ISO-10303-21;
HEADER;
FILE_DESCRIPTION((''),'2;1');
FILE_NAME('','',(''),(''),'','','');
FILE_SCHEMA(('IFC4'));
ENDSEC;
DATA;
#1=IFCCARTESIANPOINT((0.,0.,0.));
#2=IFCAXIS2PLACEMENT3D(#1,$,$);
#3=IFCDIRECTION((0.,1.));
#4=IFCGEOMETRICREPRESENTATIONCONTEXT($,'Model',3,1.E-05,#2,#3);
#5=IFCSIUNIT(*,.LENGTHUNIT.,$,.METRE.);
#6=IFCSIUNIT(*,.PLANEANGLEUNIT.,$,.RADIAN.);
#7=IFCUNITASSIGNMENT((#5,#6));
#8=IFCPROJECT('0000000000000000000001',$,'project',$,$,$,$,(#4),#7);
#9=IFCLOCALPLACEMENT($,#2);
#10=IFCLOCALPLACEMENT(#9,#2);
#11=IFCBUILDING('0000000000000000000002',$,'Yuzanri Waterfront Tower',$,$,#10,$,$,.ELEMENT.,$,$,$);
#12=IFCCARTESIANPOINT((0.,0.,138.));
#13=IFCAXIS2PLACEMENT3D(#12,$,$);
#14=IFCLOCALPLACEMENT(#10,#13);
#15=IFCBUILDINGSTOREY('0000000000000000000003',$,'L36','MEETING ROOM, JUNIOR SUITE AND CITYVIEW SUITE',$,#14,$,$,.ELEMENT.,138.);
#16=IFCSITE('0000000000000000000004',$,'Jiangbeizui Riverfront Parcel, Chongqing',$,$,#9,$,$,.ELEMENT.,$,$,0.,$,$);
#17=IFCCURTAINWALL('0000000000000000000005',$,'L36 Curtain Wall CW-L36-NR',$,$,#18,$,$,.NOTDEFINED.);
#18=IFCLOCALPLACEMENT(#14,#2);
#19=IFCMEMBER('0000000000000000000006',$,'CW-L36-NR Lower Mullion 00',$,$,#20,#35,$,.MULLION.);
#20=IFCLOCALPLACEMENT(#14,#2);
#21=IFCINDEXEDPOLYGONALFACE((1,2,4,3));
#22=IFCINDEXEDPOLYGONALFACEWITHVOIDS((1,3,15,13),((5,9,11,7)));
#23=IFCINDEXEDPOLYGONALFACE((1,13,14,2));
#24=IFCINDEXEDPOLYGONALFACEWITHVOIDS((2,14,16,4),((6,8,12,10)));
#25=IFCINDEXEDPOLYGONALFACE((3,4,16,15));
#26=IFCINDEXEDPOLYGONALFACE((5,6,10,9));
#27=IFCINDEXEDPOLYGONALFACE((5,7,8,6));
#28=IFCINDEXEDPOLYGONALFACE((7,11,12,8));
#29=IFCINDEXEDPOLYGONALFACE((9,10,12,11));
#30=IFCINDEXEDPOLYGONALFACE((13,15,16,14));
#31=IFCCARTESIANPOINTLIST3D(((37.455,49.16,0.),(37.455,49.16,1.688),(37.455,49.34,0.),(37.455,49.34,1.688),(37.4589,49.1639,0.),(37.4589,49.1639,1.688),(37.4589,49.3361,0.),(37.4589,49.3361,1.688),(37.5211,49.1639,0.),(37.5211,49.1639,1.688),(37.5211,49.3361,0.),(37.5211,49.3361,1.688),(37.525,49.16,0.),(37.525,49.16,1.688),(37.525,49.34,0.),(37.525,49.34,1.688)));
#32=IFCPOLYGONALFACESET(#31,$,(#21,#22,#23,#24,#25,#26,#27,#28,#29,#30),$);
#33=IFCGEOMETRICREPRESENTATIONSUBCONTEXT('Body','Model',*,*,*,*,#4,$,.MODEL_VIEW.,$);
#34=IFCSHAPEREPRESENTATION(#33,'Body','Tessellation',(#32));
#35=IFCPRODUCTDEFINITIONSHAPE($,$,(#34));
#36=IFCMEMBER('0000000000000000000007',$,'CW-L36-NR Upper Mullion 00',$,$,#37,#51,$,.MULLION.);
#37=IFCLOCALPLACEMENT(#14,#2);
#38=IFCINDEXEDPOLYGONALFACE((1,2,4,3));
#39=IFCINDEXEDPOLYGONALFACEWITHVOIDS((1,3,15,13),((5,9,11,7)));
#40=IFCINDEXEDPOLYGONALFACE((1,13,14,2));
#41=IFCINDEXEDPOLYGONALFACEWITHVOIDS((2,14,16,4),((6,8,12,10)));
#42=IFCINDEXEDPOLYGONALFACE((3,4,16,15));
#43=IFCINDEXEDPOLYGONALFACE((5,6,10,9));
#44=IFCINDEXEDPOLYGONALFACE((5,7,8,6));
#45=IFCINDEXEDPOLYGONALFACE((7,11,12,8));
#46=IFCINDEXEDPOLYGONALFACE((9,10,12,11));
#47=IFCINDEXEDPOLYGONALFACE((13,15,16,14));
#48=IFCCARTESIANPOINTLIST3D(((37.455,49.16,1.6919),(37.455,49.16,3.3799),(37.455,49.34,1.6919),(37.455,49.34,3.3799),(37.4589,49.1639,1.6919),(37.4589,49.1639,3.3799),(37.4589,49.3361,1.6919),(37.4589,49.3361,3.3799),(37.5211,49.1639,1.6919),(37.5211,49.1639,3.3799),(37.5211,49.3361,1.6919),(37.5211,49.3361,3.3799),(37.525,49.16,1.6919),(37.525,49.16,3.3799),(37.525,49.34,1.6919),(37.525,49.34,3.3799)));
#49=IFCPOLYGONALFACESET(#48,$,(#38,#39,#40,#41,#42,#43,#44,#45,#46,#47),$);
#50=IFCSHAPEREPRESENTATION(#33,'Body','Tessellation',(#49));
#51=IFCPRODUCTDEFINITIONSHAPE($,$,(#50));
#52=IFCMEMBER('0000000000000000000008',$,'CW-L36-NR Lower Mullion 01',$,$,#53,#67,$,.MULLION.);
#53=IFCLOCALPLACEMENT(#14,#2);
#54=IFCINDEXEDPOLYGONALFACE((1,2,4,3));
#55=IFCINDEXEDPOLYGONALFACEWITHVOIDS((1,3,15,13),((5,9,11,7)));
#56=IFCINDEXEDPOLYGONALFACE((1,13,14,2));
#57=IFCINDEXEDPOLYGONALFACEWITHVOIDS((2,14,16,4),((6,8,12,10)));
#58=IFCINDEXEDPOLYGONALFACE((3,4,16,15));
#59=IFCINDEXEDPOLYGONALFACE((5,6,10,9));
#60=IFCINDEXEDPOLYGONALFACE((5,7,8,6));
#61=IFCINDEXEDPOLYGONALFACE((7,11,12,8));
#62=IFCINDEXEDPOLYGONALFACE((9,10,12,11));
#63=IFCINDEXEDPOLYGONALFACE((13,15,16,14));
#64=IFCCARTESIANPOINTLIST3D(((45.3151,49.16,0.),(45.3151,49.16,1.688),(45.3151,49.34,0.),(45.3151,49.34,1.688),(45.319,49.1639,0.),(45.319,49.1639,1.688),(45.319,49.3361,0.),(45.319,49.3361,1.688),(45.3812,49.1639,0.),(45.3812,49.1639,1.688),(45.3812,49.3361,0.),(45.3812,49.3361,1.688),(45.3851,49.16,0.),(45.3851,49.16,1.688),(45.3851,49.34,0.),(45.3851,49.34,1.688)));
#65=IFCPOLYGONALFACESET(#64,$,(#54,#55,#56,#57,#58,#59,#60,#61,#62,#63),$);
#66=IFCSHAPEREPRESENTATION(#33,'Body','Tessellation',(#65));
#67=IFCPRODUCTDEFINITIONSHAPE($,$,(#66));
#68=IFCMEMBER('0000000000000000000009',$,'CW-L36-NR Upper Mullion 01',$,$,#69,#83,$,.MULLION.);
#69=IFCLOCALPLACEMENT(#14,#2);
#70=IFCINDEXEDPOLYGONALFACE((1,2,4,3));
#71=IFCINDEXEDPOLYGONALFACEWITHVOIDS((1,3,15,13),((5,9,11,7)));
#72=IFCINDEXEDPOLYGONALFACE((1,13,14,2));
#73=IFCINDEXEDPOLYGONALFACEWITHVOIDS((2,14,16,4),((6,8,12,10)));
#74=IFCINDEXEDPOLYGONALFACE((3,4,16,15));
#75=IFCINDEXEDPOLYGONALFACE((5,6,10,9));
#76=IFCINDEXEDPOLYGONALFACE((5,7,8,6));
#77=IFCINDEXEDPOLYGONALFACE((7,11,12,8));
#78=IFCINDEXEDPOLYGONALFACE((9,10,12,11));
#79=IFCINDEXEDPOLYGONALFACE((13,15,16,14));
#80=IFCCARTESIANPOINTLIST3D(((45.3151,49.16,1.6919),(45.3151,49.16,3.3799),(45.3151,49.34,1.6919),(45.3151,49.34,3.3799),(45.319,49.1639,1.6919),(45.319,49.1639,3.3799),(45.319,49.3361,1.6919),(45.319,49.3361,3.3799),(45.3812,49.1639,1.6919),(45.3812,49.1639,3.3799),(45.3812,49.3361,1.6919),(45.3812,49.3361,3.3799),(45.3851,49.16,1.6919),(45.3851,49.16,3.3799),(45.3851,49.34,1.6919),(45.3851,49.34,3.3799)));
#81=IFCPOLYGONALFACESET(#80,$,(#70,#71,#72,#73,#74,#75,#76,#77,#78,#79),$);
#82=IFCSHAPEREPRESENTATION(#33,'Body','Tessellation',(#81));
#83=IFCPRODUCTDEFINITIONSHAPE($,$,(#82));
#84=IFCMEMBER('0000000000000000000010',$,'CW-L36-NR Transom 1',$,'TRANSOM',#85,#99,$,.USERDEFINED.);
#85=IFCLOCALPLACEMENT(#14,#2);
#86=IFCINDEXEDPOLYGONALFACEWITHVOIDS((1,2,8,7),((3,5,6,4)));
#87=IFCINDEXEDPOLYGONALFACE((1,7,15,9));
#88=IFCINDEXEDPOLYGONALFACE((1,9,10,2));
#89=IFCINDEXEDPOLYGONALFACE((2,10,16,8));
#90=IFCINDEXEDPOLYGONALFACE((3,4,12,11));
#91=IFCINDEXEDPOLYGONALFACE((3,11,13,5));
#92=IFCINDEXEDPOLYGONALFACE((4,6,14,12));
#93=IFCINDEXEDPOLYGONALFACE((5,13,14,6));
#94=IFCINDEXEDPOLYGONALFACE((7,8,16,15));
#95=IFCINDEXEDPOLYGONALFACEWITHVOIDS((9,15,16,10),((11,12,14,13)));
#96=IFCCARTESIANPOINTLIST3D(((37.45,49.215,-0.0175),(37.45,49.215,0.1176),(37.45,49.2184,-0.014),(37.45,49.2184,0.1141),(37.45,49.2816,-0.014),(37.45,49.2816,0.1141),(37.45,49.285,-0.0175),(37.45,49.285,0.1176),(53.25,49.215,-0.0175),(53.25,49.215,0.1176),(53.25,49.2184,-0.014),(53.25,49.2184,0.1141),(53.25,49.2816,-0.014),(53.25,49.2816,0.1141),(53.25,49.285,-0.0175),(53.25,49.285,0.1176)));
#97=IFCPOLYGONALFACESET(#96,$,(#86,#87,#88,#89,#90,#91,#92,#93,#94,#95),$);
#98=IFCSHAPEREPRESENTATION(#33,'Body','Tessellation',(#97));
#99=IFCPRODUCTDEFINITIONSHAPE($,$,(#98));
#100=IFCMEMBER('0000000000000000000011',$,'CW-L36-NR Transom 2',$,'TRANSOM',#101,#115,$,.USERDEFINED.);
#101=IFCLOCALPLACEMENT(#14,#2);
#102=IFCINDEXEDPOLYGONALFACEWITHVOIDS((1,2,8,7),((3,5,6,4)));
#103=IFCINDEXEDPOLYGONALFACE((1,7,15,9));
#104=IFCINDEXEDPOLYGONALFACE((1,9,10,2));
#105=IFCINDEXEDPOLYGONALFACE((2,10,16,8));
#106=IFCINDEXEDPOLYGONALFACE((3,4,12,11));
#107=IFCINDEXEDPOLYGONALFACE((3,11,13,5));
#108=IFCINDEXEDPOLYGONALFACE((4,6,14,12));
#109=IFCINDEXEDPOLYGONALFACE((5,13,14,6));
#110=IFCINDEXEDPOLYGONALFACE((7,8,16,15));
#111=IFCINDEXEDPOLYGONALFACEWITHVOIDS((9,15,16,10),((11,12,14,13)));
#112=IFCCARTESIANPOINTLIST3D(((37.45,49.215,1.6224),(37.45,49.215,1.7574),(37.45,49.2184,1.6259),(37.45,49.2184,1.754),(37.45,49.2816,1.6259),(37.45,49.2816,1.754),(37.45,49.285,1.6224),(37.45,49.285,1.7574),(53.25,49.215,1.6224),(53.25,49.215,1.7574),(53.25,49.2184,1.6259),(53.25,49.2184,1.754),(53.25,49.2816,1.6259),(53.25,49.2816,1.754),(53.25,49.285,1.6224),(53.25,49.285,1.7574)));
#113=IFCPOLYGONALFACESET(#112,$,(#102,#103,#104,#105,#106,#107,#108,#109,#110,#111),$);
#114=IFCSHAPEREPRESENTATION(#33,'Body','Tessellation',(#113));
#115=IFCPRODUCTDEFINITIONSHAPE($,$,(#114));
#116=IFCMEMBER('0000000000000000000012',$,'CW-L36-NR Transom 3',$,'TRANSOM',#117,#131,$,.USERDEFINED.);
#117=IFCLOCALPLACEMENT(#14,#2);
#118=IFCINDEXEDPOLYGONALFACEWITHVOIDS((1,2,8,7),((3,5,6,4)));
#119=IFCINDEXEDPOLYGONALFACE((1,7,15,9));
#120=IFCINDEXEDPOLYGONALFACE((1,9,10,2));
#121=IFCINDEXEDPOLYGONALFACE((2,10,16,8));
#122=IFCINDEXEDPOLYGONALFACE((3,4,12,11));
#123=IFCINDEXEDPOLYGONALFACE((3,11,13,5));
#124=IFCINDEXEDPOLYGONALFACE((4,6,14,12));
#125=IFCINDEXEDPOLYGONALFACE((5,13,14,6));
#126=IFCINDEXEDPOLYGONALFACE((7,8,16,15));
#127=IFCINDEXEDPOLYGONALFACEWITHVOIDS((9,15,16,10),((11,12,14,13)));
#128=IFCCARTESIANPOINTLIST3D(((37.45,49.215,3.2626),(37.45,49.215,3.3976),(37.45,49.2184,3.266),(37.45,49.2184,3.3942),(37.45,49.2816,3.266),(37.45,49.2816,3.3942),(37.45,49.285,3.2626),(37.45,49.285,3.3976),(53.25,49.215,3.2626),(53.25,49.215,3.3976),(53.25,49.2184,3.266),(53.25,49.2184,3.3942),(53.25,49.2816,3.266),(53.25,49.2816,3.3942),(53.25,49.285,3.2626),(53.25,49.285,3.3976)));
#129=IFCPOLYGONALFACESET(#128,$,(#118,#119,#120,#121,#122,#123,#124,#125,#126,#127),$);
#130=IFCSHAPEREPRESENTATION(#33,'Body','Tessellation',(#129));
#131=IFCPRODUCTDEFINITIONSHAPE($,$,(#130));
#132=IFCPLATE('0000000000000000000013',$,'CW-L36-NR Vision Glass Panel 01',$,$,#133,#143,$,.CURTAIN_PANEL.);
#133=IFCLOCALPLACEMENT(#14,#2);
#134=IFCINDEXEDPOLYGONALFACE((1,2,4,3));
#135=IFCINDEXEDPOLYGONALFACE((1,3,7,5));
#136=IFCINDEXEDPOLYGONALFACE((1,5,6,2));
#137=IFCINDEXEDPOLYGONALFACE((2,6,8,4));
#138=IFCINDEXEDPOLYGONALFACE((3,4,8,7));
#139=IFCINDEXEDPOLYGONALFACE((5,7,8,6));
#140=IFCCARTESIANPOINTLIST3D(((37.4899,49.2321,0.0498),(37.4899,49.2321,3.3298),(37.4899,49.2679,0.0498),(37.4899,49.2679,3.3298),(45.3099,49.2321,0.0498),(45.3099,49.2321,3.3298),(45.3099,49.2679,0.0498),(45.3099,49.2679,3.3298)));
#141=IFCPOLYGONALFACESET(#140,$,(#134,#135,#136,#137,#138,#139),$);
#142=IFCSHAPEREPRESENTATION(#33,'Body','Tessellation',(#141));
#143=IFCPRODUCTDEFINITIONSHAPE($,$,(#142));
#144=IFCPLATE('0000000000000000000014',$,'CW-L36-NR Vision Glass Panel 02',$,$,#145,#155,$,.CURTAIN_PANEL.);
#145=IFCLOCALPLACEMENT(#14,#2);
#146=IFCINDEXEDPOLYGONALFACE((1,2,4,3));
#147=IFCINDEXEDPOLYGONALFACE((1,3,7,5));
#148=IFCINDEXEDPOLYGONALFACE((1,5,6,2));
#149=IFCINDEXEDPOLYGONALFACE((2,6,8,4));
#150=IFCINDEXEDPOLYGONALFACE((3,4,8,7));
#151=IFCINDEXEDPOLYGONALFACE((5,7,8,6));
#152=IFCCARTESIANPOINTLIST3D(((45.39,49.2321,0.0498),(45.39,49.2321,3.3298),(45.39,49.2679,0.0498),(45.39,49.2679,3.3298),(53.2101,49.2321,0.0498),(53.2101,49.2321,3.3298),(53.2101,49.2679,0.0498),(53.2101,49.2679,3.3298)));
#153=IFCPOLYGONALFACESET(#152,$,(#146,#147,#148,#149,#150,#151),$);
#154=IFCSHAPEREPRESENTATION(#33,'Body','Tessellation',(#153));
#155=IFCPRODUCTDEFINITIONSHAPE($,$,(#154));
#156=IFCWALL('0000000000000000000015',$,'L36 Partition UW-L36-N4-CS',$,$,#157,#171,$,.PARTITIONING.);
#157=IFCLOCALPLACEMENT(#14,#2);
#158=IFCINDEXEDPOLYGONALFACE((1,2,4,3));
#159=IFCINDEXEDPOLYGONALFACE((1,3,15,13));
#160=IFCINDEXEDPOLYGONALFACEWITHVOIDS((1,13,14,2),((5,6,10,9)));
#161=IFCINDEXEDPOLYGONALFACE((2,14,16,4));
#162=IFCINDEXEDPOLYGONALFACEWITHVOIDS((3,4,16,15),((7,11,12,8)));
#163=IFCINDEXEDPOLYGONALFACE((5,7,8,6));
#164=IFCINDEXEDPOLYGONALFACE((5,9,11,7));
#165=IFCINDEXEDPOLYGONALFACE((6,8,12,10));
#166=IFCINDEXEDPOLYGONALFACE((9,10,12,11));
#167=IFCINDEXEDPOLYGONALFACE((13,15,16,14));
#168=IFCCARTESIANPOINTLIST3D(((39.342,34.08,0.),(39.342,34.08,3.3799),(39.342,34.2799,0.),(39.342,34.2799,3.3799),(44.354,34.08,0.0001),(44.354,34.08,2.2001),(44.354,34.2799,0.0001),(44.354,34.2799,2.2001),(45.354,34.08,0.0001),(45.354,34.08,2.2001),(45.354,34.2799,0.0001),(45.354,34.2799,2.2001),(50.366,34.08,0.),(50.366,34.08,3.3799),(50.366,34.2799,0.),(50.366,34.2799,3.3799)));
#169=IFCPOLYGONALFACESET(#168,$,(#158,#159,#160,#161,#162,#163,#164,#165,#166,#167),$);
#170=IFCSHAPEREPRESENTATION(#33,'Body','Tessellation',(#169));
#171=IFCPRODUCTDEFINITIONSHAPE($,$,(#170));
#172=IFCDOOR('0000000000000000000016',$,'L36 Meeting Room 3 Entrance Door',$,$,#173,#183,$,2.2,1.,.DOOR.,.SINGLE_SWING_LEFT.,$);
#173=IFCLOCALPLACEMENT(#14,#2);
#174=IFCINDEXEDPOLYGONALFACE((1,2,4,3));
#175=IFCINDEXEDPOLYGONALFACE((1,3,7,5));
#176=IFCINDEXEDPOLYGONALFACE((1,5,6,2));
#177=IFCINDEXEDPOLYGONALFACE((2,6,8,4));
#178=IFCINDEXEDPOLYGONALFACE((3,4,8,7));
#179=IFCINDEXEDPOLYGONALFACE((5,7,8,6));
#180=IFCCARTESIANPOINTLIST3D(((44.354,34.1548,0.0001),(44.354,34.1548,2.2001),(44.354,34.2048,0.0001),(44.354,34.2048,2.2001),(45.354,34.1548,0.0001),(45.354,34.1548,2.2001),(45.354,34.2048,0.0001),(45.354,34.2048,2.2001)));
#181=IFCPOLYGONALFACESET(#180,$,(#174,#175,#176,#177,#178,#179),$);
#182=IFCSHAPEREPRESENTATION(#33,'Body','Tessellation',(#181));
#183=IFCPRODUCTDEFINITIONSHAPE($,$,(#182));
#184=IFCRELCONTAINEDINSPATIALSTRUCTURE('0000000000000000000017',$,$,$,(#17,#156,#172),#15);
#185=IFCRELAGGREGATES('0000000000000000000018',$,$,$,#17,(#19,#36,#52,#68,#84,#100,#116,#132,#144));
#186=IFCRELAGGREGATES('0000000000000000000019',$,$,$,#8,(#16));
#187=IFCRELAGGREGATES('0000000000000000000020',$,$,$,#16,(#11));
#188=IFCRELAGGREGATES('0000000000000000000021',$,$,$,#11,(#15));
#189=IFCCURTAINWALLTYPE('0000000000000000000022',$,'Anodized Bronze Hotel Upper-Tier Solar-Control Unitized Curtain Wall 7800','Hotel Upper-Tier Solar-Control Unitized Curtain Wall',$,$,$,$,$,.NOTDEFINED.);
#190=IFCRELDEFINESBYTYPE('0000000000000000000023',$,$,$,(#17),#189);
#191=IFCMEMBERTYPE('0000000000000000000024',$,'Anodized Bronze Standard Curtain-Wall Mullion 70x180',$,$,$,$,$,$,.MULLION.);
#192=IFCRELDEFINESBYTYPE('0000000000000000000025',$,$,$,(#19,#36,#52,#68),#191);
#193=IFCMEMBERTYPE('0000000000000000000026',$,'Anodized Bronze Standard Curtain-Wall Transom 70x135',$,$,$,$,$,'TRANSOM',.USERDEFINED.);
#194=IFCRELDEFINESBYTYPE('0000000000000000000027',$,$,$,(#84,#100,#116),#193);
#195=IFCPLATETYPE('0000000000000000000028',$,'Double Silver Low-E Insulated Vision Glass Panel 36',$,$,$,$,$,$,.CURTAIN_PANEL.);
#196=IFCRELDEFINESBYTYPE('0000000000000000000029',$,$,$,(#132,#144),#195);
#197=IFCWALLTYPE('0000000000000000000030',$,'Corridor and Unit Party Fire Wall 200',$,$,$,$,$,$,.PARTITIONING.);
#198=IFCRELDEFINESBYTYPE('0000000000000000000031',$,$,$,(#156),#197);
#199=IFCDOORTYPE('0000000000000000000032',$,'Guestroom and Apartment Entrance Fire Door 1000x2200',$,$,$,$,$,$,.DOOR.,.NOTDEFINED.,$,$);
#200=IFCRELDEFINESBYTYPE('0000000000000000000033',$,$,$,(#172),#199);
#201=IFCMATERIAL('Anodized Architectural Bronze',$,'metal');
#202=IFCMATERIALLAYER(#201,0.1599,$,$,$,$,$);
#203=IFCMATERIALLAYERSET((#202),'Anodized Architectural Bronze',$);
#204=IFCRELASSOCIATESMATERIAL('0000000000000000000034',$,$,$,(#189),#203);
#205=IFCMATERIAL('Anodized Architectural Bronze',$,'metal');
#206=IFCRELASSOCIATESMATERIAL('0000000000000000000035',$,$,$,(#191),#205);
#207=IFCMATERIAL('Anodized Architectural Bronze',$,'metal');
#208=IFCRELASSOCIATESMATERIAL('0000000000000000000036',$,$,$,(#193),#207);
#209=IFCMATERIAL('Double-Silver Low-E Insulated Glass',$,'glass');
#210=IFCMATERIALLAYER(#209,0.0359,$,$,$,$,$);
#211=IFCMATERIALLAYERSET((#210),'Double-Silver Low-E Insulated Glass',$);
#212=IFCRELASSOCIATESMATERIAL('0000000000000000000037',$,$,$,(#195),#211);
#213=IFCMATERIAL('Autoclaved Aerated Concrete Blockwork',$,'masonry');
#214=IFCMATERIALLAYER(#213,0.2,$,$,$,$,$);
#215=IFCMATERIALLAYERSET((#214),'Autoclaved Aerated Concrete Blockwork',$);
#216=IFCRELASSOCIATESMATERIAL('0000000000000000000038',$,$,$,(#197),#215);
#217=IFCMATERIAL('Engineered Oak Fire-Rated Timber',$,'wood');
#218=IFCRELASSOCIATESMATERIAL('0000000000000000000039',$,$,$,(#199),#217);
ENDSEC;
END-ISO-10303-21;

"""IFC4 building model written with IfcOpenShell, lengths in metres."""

from ifc_helpers import new_model, si_unit, direction, frame, frame_2d, origin, origin_2d, place, context, subcontext, project, spatial, rectangle, hollow_rectangle, extrude, source, transform, mapped, material, layer, layer_set, material_profile, profile_set, type_object, element, fill, aggregate, save


model = new_model("IFC4")

# Units and contexts
model_context = context("Model", 3, precision=1e-05, world=origin(), true_north=direction((0.0, 1.0)))
body_context = subcontext(model_context, "Body", "Model", "MODEL_VIEW")
ifc_project = project(units=[si_unit("LENGTHUNIT", "METRE"), si_unit("PLANEANGLEUNIT", "RADIAN")], contexts=[model_context])

# Site, building, storey
site_placement = place(None, origin())
site = spatial("IfcSite", under=ifc_project, at=site_placement, Name="Jiangbeizui Riverfront Parcel, Chongqing", CompositionType="ELEMENT", RefElevation=0.0)
building_placement = place(site_placement, origin())
building = spatial("IfcBuilding", under=site, at=building_placement, Name="Yuzanri Waterfront Tower", CompositionType="ELEMENT")
storey_placement = place(building_placement, frame((0.0, 0.0, 138.0)))
storey = spatial("IfcBuildingStorey", under=building, at=storey_placement, Name="L36", Description="MEETING ROOM, JUNIOR SUITE AND CITYVIEW SUITE", CompositionType="ELEMENT", Elevation=138.0)

# Shared definitions
ifc_material_1 = material(Name="Anodized Architectural Bronze", Category="metal")
ifc_layer_1 = layer(ifc_material_1, 0.1599)
ifc_layer_set_1 = layer_set([ifc_layer_1], Name="Anodized Architectural Bronze")
curtain_wall_type = type_object("IfcCurtainWallType", Name="Anodized Bronze Hotel Upper-Tier Solar-Control Unitized Curtain Wall 7800", Description="Hotel Upper-Tier Solar-Control Unitized Curtain Wall", PredefinedType="NOTDEFINED", material=ifc_layer_set_1)
ifc_material_2 = material(Name="Anodized Architectural Bronze", Category="metal")
ifc_material_profile_1 = material_profile(ifc_material_2, hollow_rectangle(XDim=0.0701, YDim=0.1799, WallThickness=0.0039, at=origin_2d()), Name="CWM 70x180")
ifc_profile_set_1 = profile_set([ifc_material_profile_1], Name="Anodized Architectural Bronze")
member_type_1 = type_object("IfcMemberType", Name="Anodized Bronze Standard Curtain-Wall Mullion 70x180", PredefinedType="MULLION", material=ifc_profile_set_1)
shared_shape_1 = source(origin(), body_context, "Body", "SweptSolid", [
    extrude(hollow_rectangle(XDim=0.0701, YDim=0.1799, WallThickness=0.0039, at=origin_2d()), origin(), (0.0, 0.0, 1.0), 1.688),
])

# Curtain wall, members, plates
curtain_wall_1_placement = place(storey_placement, origin())
curtain_wall_1 = element("IfcCurtainWall", 1, at=curtain_wall_1_placement, inside=storey, type_object=curtain_wall_type, Name="L36 Curtain Wall CW-L36-NR", PredefinedType="NOTDEFINED")
member_1_placement = place(storey_placement, frame((37.49, 49.25, 0.0), z_axis=(0.0, 0.0, 1.0), x_axis=(1.0, 0.0, 0.0)))
member_1 = element("IfcMember", 2, at=member_1_placement, type_object=member_type_1, Name="CW-L36-NR Lower Mullion 00", PredefinedType="MULLION", context=body_context, shape_type="MappedRepresentation", body=[
    mapped(shared_shape_1, transform((0.0, 0.0, 0.0), scale=1.0)),
])
member_2_placement = place(storey_placement, frame((37.49, 49.25, 1.6919), z_axis=(0.0, 0.0, 1.0), x_axis=(1.0, 0.0, 0.0)))
member_2 = element("IfcMember", 3, at=member_2_placement, type_object=member_type_1, Name="CW-L36-NR Upper Mullion 00", PredefinedType="MULLION", context=body_context, shape_type="MappedRepresentation", body=[
    mapped(shared_shape_1, transform((0.0, 0.0, 0.0), scale=1.0)),
])
member_3_placement = place(storey_placement, frame((45.3501, 49.25, 0.0), z_axis=(0.0, 0.0, 1.0), x_axis=(1.0, 0.0, 0.0)))
member_3 = element("IfcMember", 4, at=member_3_placement, type_object=member_type_1, Name="CW-L36-NR Lower Mullion 01", PredefinedType="MULLION", context=body_context, shape_type="MappedRepresentation", body=[
    mapped(shared_shape_1, transform((0.0, 0.0, 0.0), scale=1.0)),
])
member_4_placement = place(storey_placement, frame((45.3501, 49.25, 1.6919), z_axis=(0.0, 0.0, 1.0), x_axis=(1.0, 0.0, 0.0)))
member_4 = element("IfcMember", 5, at=member_4_placement, type_object=member_type_1, Name="CW-L36-NR Upper Mullion 01", PredefinedType="MULLION", context=body_context, shape_type="MappedRepresentation", body=[
    mapped(shared_shape_1, transform((0.0, 0.0, 0.0), scale=1.0)),
])
ifc_material_3 = material(Name="Anodized Architectural Bronze", Category="metal")
ifc_material_profile_2 = material_profile(ifc_material_3, hollow_rectangle(XDim=0.0701, YDim=0.135, WallThickness=0.0034, at=origin_2d()), Name="CWT 70x135")
ifc_profile_set_2 = profile_set([ifc_material_profile_2], Name="Anodized Architectural Bronze")
member_type_2 = type_object("IfcMemberType", Name="Anodized Bronze Standard Curtain-Wall Transom 70x135", ElementType="TRANSOM", PredefinedType="USERDEFINED", material=ifc_profile_set_2)
shared_shape_2 = source(origin(), body_context, "Body", "SweptSolid", [
    extrude(hollow_rectangle(XDim=0.0701, YDim=0.135, WallThickness=0.0034, at=origin_2d()), origin(), (0.0, 0.0, 1.0), 15.8),
])
member_5_placement = place(storey_placement, frame((37.45, 49.25, 0.05), z_axis=(1.0, 0.0, 0.0), x_axis=(0.0, 1.0, 0.0)))
member_5 = element("IfcMember", 6, at=member_5_placement, type_object=member_type_2, Name="CW-L36-NR Transom 1", ObjectType="TRANSOM", PredefinedType="USERDEFINED", context=body_context, shape_type="MappedRepresentation", body=[
    mapped(shared_shape_2, transform((0.0, 0.0, 0.0), scale=1.0)),
])
member_6_placement = place(storey_placement, frame((37.45, 49.25, 1.6899), z_axis=(1.0, 0.0, 0.0), x_axis=(0.0, 1.0, 0.0)))
member_6 = element("IfcMember", 7, at=member_6_placement, type_object=member_type_2, Name="CW-L36-NR Transom 2", ObjectType="TRANSOM", PredefinedType="USERDEFINED", context=body_context, shape_type="MappedRepresentation", body=[
    mapped(shared_shape_2, transform((0.0, 0.0, 0.0), scale=1.0)),
])
member_7_placement = place(storey_placement, frame((37.45, 49.25, 3.3301), z_axis=(1.0, 0.0, 0.0), x_axis=(0.0, 1.0, 0.0)))
member_7 = element("IfcMember", 8, at=member_7_placement, type_object=member_type_2, Name="CW-L36-NR Transom 3", ObjectType="TRANSOM", PredefinedType="USERDEFINED", context=body_context, shape_type="MappedRepresentation", body=[
    mapped(shared_shape_2, transform((0.0, 0.0, 0.0), scale=1.0)),
])
ifc_material_4 = material(Name="Double-Silver Low-E Insulated Glass", Category="glass")
ifc_layer_2 = layer(ifc_material_4, 0.0359)
ifc_layer_set_2 = layer_set([ifc_layer_2], Name="Double-Silver Low-E Insulated Glass")
plate_type = type_object("IfcPlateType", Name="Double Silver Low-E Insulated Vision Glass Panel 36", PredefinedType="CURTAIN_PANEL", material=ifc_layer_set_2)
shared_shape_3 = source(origin(), body_context, "Body", "SweptSolid", [
    extrude(rectangle(XDim=7.8201, YDim=0.0359, at=origin_2d()), origin(), (0.0, 0.0, 1.0), 3.28),
])
plate_1_placement = place(storey_placement, frame((41.3999, 49.25, 0.0498), z_axis=(0.0, 0.0, 1.0), x_axis=(1.0, 0.0, 0.0)))
plate_1 = element("IfcPlate", 9, at=plate_1_placement, type_object=plate_type, Name="CW-L36-NR Vision Glass Panel 01", PredefinedType="CURTAIN_PANEL", context=body_context, shape_type="MappedRepresentation", body=[
    mapped(shared_shape_3, transform((0.0, 0.0, 0.0), scale=1.0)),
])
plate_2_placement = place(storey_placement, frame((49.3, 49.25, 0.0498), z_axis=(0.0, 0.0, 1.0), x_axis=(1.0, 0.0, 0.0)))
plate_2 = element("IfcPlate", 10, at=plate_2_placement, type_object=plate_type, Name="CW-L36-NR Vision Glass Panel 02", PredefinedType="CURTAIN_PANEL", context=body_context, shape_type="MappedRepresentation", body=[
    mapped(shared_shape_3, transform((0.0, 0.0, 0.0), scale=1.0)),
])
aggregate(curtain_wall_1, [member_1, member_2, member_3, member_4, member_5, member_6, member_7, plate_1, plate_2])

# Wall, opening, door
ifc_material_5 = material(Name="Autoclaved Aerated Concrete Blockwork", Category="masonry")
ifc_layer_3 = layer(ifc_material_5, 0.2)
ifc_layer_set_3 = layer_set([ifc_layer_3], Name="Autoclaved Aerated Concrete Blockwork")
wall_type_1 = type_object("IfcWallType", Name="Corridor and Unit Party Fire Wall 200", PredefinedType="PARTITIONING", material=ifc_layer_set_3)
wall_1_placement = place(storey_placement, frame((39.342, 34.1799, 0.0), z_axis=(0.0, 0.0, 1.0), x_axis=(1.0, 0.0, 0.0)))
wall_1 = element("IfcWall", 11, at=wall_1_placement, inside=storey, type_object=wall_type_1, Name="L36 Partition UW-L36-N4-CS", PredefinedType="PARTITIONING", context=body_context, shape_type="SweptSolid", body=[
    extrude(rectangle(XDim=11.0239, YDim=0.2, at=frame_2d((5.512, 0.0))), origin(), (0.0, 0.0, 1.0), 3.3799),
])
opening_placement = place(wall_1_placement, frame((5.012, 0.0, 0.0)))
opening = element("IfcOpeningElement", 12, at=opening_placement, cuts=wall_1, PredefinedType="OPENING", context=body_context, shape_type="SweptSolid", body=[
    extrude(rectangle(XDim=1.0, YDim=2.2, at=frame_2d((0.5, 1.1001))), frame((0.0, 0.1147, 0.0), z_axis=(0.0, -1.0, 0.0), x_axis=(1.0, 0.0, 0.0)), (0.0, 0.0, 1.0), 0.2297),
])
ifc_material_6 = material(Name="Engineered Oak Fire-Rated Timber", Category="wood")
door_type = type_object("IfcDoorType", Name="Guestroom and Apartment Entrance Fire Door 1000x2200", OperationType="NOTDEFINED", PredefinedType="DOOR", material=ifc_material_6)
shared_shape_4 = source(origin(), body_context, "Body", "SweptSolid", [
    extrude(rectangle(XDim=1.0, YDim=2.2, at=frame_2d((0.5, 1.1001))), frame((0.0, 0.0249, 0.0), z_axis=(0.0, -1.0, 0.0), x_axis=(1.0, 0.0, 0.0)), (0.0, 0.0, 1.0), 0.05),
])
door_placement = place(opening_placement, origin())
door = element("IfcDoor", 13, at=door_placement, inside=storey, type_object=door_type, Name="L36 Meeting Room 3 Entrance Door", OperationType="SINGLE_SWING_LEFT", OverallHeight=2.2, OverallWidth=1.0, PredefinedType="DOOR", context=body_context, shape_type="MappedRepresentation", body=[
    mapped(shared_shape_4, transform((0.0, 0.0, 0.0), scale=1.0)),
])
fill(opening, door)

save(model, "model.ifc")
